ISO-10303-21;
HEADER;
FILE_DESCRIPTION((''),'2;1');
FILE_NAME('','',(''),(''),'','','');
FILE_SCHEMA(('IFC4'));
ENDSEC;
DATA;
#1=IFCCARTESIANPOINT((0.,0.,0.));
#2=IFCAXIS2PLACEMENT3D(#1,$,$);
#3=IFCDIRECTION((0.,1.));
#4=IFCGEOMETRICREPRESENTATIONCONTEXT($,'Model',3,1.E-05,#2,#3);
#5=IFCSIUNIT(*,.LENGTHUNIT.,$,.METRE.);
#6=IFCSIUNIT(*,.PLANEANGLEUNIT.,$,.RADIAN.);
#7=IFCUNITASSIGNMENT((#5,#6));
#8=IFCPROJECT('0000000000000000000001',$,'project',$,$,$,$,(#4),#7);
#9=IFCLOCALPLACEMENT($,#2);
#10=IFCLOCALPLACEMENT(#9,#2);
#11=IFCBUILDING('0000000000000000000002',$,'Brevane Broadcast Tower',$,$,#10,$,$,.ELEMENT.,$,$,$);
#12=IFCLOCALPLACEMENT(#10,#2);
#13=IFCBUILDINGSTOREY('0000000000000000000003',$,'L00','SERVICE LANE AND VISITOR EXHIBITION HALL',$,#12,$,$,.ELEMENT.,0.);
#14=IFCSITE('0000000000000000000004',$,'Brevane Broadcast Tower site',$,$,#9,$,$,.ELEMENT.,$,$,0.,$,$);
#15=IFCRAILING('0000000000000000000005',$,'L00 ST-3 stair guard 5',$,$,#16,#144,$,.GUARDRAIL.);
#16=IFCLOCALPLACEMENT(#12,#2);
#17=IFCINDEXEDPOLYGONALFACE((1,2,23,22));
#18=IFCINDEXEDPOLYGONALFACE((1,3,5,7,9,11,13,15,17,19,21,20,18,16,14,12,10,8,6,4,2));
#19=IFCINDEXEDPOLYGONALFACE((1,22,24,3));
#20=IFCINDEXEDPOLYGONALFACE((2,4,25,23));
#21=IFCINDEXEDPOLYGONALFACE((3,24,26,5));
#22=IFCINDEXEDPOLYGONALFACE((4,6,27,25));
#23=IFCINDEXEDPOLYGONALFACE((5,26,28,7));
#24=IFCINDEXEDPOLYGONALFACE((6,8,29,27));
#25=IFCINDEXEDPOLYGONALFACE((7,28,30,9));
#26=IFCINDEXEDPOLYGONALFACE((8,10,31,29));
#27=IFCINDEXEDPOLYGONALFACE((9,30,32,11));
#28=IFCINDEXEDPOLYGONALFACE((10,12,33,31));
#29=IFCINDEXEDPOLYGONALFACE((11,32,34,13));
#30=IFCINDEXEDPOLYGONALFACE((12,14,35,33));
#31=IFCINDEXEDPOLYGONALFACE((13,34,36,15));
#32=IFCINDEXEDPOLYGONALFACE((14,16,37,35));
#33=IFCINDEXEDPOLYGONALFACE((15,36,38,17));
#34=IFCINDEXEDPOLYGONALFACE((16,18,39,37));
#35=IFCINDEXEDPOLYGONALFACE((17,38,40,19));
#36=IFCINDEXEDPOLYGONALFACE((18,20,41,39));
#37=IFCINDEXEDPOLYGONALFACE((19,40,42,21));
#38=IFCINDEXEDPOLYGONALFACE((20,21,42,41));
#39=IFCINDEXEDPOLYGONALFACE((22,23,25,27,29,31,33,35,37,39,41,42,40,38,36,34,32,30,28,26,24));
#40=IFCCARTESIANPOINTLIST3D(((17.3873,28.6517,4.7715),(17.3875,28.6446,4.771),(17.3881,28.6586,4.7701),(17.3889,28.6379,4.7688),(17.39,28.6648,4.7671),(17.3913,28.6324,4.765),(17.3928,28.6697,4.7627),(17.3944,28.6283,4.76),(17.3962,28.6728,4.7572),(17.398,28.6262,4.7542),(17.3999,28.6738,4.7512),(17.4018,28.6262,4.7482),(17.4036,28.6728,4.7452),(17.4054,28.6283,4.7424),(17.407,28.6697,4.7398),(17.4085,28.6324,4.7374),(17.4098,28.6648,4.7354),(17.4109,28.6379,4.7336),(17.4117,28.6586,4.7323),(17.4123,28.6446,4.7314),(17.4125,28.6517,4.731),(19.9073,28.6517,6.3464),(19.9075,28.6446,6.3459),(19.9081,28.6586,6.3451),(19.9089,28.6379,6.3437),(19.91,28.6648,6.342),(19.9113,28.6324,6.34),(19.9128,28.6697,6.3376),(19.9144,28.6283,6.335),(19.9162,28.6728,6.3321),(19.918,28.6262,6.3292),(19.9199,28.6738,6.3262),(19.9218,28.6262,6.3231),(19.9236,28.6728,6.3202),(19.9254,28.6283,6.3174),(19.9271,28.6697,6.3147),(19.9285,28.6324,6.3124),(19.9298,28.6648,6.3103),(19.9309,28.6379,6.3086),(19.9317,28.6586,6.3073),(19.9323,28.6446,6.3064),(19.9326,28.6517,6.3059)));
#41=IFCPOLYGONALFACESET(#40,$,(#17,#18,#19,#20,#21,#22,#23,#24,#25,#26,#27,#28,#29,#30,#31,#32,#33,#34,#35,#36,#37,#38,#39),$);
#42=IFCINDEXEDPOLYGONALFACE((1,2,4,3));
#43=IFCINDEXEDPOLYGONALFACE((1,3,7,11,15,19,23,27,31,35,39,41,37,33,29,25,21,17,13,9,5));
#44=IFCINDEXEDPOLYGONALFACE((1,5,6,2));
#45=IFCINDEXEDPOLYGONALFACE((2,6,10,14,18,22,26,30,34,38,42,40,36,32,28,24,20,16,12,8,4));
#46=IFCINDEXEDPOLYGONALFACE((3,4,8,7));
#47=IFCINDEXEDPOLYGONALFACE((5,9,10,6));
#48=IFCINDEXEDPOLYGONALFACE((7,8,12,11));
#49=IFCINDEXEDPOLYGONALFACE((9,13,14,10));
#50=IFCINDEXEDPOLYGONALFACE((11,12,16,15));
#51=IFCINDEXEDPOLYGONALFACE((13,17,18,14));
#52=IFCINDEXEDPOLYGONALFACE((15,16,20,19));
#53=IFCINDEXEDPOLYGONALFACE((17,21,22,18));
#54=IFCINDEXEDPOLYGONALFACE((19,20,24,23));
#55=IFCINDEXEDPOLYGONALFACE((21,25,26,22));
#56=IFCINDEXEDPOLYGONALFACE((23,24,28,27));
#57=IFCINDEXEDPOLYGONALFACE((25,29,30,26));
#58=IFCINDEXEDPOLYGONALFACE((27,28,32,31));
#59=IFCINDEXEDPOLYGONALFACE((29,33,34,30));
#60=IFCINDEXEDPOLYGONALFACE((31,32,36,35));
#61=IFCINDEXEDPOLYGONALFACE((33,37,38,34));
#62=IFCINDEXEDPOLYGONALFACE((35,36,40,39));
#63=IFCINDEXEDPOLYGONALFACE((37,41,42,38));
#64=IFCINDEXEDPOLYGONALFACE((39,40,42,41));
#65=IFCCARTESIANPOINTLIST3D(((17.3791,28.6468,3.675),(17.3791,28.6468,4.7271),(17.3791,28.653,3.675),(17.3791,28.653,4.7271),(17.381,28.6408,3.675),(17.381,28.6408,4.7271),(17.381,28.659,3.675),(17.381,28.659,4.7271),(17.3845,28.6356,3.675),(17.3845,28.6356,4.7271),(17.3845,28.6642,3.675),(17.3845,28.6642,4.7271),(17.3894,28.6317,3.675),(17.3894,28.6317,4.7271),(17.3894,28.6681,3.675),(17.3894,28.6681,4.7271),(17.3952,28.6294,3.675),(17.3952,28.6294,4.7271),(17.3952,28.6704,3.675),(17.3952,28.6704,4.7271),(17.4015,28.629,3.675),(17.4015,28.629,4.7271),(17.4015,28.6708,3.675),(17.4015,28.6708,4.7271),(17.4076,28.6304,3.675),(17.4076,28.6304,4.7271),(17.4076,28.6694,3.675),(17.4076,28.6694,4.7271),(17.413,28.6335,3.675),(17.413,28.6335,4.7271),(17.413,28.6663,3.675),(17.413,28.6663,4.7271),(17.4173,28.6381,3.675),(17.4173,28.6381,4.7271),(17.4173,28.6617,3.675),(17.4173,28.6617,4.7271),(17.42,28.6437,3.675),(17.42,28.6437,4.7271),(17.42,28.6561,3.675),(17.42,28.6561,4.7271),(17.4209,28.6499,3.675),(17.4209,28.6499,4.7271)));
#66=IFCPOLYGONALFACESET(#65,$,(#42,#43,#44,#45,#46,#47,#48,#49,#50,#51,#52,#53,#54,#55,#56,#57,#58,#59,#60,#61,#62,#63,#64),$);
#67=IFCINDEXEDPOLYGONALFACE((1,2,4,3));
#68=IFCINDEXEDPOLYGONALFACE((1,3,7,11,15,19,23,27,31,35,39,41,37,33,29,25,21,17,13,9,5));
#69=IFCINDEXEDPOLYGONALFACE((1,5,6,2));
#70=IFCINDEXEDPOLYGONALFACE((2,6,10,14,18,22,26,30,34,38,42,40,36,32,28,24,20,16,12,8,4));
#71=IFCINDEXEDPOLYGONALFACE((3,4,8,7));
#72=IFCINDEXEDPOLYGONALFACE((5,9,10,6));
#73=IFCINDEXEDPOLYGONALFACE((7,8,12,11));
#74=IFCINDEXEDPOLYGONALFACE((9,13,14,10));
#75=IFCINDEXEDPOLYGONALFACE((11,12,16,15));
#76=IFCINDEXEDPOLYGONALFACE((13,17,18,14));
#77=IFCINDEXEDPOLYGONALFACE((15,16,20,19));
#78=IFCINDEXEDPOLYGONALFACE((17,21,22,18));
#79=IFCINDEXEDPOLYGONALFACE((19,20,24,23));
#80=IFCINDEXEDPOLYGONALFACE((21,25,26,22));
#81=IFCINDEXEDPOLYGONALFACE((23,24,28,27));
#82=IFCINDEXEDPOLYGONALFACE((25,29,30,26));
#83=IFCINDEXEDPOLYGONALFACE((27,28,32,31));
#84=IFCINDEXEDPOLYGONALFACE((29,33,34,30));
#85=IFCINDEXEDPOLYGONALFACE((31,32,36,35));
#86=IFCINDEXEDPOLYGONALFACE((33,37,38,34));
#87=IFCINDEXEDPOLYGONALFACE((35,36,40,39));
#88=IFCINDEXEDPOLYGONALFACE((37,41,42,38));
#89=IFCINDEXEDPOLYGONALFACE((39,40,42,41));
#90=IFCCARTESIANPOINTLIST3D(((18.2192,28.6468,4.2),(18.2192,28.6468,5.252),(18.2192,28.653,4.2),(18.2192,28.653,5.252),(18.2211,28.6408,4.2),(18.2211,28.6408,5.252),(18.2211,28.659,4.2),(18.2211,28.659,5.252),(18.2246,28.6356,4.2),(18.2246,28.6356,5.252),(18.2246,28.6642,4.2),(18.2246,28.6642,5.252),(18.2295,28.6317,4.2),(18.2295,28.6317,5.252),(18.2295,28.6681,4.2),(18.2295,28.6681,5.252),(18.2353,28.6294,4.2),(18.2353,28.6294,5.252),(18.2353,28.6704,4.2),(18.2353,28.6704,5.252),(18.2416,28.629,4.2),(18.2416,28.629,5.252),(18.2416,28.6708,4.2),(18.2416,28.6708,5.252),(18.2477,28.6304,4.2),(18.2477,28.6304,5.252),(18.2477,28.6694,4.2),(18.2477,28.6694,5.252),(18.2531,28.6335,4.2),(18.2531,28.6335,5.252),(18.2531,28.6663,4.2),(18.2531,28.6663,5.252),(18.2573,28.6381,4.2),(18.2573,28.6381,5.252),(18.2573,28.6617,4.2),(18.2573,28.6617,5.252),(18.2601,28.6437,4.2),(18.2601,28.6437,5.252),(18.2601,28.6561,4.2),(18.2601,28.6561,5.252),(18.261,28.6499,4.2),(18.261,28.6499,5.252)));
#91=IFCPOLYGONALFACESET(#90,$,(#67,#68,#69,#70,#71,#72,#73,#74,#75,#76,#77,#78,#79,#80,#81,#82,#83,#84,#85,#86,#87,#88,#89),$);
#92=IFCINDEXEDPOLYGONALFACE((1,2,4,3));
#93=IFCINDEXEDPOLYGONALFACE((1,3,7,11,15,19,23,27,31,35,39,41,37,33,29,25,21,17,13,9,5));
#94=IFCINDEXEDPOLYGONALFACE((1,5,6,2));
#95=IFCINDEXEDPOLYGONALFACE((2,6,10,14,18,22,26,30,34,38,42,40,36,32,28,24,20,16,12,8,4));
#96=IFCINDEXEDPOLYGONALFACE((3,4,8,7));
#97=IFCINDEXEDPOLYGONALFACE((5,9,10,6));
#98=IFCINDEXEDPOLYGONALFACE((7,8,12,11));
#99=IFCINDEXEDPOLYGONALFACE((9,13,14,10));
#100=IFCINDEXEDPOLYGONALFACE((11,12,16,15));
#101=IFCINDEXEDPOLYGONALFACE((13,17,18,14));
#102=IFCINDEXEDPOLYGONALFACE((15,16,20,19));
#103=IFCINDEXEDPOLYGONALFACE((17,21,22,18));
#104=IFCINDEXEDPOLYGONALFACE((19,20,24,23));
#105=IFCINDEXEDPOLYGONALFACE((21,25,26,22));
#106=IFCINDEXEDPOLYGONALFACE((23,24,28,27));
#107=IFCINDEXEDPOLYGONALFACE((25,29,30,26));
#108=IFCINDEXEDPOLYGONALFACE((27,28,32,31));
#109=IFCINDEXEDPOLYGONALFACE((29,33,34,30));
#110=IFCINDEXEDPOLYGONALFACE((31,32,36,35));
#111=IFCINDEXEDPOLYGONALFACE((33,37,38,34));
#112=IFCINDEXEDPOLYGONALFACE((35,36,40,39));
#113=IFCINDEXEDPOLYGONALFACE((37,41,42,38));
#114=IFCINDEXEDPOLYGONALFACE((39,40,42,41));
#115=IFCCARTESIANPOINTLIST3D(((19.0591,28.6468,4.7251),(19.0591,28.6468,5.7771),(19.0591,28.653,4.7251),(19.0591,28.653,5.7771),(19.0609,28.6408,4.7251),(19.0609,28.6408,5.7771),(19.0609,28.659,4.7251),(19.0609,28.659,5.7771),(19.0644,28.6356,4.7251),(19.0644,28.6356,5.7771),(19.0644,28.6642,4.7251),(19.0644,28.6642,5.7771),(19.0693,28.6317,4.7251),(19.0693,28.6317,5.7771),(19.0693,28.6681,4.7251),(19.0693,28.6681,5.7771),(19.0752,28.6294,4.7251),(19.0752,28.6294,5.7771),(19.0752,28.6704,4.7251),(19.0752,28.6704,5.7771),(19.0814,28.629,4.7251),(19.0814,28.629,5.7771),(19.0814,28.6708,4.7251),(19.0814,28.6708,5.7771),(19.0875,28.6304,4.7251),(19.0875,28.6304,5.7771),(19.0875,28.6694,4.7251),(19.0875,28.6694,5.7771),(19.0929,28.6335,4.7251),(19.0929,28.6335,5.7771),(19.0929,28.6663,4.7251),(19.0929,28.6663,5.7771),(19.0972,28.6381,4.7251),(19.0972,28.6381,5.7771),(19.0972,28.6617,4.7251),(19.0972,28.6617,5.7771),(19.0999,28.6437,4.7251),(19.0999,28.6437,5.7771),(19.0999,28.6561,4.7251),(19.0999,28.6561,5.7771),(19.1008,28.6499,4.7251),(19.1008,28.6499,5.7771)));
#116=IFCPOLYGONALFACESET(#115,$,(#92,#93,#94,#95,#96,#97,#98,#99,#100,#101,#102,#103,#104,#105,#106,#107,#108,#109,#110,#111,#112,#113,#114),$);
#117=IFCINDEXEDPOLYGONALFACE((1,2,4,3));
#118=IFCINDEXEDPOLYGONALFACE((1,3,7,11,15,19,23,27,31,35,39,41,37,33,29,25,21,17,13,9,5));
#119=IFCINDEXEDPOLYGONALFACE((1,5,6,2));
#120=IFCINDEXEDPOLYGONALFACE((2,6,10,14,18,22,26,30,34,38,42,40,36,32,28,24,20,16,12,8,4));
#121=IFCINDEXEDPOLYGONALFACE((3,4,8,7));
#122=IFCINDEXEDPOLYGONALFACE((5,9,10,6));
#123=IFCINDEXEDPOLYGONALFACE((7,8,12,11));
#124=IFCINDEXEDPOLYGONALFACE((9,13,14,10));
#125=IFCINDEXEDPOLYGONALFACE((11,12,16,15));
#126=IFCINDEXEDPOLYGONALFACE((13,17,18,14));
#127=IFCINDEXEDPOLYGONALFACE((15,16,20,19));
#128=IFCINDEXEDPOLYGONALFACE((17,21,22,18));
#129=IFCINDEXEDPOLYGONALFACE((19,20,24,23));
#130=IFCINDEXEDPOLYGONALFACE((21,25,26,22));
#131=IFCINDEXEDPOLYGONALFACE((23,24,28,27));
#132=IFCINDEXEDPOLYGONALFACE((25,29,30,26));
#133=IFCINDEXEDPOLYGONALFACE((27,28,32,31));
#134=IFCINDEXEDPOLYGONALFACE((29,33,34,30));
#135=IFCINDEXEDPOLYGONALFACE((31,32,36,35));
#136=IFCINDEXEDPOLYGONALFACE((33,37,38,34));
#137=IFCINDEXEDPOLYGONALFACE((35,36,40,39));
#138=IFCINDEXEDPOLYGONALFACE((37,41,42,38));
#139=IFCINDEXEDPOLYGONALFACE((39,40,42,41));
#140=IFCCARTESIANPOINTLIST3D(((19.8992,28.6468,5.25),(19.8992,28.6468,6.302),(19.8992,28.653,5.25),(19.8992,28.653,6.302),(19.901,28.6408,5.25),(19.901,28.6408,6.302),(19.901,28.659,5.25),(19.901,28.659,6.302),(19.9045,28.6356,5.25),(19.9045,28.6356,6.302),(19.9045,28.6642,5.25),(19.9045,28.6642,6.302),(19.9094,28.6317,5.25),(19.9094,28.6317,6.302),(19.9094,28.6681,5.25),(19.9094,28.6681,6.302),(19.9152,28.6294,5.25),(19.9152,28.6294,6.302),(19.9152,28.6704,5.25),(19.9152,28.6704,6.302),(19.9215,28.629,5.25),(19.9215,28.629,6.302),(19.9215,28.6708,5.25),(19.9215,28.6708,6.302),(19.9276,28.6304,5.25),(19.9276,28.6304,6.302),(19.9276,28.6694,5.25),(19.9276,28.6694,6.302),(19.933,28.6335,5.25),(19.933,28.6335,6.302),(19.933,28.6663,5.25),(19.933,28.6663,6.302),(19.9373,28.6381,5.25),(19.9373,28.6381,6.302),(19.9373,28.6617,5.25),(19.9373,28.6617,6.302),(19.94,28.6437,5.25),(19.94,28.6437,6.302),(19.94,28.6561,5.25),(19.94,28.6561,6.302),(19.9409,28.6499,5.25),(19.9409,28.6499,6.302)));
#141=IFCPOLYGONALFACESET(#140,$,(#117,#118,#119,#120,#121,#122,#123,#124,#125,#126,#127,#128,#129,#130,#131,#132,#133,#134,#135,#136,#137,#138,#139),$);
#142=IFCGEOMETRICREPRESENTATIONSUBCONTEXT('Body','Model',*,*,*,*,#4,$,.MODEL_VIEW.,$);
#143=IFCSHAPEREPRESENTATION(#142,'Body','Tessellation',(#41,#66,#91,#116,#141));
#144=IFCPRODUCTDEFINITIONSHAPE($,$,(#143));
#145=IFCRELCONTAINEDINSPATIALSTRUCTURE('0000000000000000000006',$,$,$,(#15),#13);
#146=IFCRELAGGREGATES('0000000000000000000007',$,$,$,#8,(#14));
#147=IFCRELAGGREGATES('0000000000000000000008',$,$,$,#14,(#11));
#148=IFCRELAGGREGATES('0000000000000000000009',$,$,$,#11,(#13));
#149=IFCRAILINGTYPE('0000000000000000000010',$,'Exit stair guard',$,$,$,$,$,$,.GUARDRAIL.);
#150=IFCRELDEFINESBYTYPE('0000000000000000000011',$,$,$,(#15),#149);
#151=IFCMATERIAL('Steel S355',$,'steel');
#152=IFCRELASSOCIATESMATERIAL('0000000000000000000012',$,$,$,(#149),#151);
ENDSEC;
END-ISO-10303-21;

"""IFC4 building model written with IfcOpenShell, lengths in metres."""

from ifc_helpers import new_model, si_unit, direction, frame, origin, origin_2d, place, context, subcontext, project, spatial, circle, extrude, material, type_object, element, save


model = new_model("IFC4")

# Units and contexts
model_context = context("Model", 3, precision=1e-05, world=origin(), true_north=direction((0.0, 1.0)))
body_context = subcontext(model_context, "Body", "Model", "MODEL_VIEW")
ifc_project = project(units=[si_unit("LENGTHUNIT", "METRE"), si_unit("PLANEANGLEUNIT", "RADIAN")], contexts=[model_context])

# Site, building, storey
site_placement = place(None, origin())
site = spatial("IfcSite", under=ifc_project, at=site_placement, Name="Brevane Broadcast Tower site", CompositionType="ELEMENT", RefElevation=0.0)
building_placement = place(site_placement, origin())
building = spatial("IfcBuilding", under=site, at=building_placement, Name="Brevane Broadcast Tower", CompositionType="ELEMENT")
storey_placement = place(building_placement, origin())
storey = spatial("IfcBuildingStorey", under=building, at=storey_placement, Name="L00", Description="SERVICE LANE AND VISITOR EXHIBITION HALL", CompositionType="ELEMENT", Elevation=0.0)

# Railing
ifc_material_1 = material(Name="Steel S355", Category="steel")
railing_type_1 = type_object("IfcRailingType", Name="Exit stair guard", PredefinedType="GUARDRAIL", material=ifc_material_1)
railing_1_placement = place(storey_placement, frame((17.3999, 28.6499, 3.675)))
element("IfcRailing", 1, at=railing_1_placement, inside=storey, type_object=railing_type_1, Name="L00 ST-3 stair guard 5", PredefinedType="GUARDRAIL", context=body_context, shape_type="SweptSolid", body=[
    extrude(circle(Radius=0.0239, at=origin_2d()), frame((0.0, 0.0, 1.0762), z_axis=(0.848008, 0.0, 0.529984), x_axis=(0.0, 1.0, 0.0)), (0.0, 0.0, 1.0), 2.9717),
    extrude(circle(Radius=0.021, at=origin_2d()), origin(), (0.0, 0.0, 1.0), 1.052),
    extrude(circle(Radius=0.021, at=origin_2d()), frame((0.8401, 0.0, 0.5249)), (0.0, 0.0, 1.0), 1.052),
    extrude(circle(Radius=0.021, at=origin_2d()), frame((1.6799, 0.0, 1.05)), (0.0, 0.0, 1.0), 1.052),
    extrude(circle(Radius=0.021, at=origin_2d()), frame((2.52, 0.0, 1.575)), (0.0, 0.0, 1.0), 1.052),
])

save(model, "model.ifc")
